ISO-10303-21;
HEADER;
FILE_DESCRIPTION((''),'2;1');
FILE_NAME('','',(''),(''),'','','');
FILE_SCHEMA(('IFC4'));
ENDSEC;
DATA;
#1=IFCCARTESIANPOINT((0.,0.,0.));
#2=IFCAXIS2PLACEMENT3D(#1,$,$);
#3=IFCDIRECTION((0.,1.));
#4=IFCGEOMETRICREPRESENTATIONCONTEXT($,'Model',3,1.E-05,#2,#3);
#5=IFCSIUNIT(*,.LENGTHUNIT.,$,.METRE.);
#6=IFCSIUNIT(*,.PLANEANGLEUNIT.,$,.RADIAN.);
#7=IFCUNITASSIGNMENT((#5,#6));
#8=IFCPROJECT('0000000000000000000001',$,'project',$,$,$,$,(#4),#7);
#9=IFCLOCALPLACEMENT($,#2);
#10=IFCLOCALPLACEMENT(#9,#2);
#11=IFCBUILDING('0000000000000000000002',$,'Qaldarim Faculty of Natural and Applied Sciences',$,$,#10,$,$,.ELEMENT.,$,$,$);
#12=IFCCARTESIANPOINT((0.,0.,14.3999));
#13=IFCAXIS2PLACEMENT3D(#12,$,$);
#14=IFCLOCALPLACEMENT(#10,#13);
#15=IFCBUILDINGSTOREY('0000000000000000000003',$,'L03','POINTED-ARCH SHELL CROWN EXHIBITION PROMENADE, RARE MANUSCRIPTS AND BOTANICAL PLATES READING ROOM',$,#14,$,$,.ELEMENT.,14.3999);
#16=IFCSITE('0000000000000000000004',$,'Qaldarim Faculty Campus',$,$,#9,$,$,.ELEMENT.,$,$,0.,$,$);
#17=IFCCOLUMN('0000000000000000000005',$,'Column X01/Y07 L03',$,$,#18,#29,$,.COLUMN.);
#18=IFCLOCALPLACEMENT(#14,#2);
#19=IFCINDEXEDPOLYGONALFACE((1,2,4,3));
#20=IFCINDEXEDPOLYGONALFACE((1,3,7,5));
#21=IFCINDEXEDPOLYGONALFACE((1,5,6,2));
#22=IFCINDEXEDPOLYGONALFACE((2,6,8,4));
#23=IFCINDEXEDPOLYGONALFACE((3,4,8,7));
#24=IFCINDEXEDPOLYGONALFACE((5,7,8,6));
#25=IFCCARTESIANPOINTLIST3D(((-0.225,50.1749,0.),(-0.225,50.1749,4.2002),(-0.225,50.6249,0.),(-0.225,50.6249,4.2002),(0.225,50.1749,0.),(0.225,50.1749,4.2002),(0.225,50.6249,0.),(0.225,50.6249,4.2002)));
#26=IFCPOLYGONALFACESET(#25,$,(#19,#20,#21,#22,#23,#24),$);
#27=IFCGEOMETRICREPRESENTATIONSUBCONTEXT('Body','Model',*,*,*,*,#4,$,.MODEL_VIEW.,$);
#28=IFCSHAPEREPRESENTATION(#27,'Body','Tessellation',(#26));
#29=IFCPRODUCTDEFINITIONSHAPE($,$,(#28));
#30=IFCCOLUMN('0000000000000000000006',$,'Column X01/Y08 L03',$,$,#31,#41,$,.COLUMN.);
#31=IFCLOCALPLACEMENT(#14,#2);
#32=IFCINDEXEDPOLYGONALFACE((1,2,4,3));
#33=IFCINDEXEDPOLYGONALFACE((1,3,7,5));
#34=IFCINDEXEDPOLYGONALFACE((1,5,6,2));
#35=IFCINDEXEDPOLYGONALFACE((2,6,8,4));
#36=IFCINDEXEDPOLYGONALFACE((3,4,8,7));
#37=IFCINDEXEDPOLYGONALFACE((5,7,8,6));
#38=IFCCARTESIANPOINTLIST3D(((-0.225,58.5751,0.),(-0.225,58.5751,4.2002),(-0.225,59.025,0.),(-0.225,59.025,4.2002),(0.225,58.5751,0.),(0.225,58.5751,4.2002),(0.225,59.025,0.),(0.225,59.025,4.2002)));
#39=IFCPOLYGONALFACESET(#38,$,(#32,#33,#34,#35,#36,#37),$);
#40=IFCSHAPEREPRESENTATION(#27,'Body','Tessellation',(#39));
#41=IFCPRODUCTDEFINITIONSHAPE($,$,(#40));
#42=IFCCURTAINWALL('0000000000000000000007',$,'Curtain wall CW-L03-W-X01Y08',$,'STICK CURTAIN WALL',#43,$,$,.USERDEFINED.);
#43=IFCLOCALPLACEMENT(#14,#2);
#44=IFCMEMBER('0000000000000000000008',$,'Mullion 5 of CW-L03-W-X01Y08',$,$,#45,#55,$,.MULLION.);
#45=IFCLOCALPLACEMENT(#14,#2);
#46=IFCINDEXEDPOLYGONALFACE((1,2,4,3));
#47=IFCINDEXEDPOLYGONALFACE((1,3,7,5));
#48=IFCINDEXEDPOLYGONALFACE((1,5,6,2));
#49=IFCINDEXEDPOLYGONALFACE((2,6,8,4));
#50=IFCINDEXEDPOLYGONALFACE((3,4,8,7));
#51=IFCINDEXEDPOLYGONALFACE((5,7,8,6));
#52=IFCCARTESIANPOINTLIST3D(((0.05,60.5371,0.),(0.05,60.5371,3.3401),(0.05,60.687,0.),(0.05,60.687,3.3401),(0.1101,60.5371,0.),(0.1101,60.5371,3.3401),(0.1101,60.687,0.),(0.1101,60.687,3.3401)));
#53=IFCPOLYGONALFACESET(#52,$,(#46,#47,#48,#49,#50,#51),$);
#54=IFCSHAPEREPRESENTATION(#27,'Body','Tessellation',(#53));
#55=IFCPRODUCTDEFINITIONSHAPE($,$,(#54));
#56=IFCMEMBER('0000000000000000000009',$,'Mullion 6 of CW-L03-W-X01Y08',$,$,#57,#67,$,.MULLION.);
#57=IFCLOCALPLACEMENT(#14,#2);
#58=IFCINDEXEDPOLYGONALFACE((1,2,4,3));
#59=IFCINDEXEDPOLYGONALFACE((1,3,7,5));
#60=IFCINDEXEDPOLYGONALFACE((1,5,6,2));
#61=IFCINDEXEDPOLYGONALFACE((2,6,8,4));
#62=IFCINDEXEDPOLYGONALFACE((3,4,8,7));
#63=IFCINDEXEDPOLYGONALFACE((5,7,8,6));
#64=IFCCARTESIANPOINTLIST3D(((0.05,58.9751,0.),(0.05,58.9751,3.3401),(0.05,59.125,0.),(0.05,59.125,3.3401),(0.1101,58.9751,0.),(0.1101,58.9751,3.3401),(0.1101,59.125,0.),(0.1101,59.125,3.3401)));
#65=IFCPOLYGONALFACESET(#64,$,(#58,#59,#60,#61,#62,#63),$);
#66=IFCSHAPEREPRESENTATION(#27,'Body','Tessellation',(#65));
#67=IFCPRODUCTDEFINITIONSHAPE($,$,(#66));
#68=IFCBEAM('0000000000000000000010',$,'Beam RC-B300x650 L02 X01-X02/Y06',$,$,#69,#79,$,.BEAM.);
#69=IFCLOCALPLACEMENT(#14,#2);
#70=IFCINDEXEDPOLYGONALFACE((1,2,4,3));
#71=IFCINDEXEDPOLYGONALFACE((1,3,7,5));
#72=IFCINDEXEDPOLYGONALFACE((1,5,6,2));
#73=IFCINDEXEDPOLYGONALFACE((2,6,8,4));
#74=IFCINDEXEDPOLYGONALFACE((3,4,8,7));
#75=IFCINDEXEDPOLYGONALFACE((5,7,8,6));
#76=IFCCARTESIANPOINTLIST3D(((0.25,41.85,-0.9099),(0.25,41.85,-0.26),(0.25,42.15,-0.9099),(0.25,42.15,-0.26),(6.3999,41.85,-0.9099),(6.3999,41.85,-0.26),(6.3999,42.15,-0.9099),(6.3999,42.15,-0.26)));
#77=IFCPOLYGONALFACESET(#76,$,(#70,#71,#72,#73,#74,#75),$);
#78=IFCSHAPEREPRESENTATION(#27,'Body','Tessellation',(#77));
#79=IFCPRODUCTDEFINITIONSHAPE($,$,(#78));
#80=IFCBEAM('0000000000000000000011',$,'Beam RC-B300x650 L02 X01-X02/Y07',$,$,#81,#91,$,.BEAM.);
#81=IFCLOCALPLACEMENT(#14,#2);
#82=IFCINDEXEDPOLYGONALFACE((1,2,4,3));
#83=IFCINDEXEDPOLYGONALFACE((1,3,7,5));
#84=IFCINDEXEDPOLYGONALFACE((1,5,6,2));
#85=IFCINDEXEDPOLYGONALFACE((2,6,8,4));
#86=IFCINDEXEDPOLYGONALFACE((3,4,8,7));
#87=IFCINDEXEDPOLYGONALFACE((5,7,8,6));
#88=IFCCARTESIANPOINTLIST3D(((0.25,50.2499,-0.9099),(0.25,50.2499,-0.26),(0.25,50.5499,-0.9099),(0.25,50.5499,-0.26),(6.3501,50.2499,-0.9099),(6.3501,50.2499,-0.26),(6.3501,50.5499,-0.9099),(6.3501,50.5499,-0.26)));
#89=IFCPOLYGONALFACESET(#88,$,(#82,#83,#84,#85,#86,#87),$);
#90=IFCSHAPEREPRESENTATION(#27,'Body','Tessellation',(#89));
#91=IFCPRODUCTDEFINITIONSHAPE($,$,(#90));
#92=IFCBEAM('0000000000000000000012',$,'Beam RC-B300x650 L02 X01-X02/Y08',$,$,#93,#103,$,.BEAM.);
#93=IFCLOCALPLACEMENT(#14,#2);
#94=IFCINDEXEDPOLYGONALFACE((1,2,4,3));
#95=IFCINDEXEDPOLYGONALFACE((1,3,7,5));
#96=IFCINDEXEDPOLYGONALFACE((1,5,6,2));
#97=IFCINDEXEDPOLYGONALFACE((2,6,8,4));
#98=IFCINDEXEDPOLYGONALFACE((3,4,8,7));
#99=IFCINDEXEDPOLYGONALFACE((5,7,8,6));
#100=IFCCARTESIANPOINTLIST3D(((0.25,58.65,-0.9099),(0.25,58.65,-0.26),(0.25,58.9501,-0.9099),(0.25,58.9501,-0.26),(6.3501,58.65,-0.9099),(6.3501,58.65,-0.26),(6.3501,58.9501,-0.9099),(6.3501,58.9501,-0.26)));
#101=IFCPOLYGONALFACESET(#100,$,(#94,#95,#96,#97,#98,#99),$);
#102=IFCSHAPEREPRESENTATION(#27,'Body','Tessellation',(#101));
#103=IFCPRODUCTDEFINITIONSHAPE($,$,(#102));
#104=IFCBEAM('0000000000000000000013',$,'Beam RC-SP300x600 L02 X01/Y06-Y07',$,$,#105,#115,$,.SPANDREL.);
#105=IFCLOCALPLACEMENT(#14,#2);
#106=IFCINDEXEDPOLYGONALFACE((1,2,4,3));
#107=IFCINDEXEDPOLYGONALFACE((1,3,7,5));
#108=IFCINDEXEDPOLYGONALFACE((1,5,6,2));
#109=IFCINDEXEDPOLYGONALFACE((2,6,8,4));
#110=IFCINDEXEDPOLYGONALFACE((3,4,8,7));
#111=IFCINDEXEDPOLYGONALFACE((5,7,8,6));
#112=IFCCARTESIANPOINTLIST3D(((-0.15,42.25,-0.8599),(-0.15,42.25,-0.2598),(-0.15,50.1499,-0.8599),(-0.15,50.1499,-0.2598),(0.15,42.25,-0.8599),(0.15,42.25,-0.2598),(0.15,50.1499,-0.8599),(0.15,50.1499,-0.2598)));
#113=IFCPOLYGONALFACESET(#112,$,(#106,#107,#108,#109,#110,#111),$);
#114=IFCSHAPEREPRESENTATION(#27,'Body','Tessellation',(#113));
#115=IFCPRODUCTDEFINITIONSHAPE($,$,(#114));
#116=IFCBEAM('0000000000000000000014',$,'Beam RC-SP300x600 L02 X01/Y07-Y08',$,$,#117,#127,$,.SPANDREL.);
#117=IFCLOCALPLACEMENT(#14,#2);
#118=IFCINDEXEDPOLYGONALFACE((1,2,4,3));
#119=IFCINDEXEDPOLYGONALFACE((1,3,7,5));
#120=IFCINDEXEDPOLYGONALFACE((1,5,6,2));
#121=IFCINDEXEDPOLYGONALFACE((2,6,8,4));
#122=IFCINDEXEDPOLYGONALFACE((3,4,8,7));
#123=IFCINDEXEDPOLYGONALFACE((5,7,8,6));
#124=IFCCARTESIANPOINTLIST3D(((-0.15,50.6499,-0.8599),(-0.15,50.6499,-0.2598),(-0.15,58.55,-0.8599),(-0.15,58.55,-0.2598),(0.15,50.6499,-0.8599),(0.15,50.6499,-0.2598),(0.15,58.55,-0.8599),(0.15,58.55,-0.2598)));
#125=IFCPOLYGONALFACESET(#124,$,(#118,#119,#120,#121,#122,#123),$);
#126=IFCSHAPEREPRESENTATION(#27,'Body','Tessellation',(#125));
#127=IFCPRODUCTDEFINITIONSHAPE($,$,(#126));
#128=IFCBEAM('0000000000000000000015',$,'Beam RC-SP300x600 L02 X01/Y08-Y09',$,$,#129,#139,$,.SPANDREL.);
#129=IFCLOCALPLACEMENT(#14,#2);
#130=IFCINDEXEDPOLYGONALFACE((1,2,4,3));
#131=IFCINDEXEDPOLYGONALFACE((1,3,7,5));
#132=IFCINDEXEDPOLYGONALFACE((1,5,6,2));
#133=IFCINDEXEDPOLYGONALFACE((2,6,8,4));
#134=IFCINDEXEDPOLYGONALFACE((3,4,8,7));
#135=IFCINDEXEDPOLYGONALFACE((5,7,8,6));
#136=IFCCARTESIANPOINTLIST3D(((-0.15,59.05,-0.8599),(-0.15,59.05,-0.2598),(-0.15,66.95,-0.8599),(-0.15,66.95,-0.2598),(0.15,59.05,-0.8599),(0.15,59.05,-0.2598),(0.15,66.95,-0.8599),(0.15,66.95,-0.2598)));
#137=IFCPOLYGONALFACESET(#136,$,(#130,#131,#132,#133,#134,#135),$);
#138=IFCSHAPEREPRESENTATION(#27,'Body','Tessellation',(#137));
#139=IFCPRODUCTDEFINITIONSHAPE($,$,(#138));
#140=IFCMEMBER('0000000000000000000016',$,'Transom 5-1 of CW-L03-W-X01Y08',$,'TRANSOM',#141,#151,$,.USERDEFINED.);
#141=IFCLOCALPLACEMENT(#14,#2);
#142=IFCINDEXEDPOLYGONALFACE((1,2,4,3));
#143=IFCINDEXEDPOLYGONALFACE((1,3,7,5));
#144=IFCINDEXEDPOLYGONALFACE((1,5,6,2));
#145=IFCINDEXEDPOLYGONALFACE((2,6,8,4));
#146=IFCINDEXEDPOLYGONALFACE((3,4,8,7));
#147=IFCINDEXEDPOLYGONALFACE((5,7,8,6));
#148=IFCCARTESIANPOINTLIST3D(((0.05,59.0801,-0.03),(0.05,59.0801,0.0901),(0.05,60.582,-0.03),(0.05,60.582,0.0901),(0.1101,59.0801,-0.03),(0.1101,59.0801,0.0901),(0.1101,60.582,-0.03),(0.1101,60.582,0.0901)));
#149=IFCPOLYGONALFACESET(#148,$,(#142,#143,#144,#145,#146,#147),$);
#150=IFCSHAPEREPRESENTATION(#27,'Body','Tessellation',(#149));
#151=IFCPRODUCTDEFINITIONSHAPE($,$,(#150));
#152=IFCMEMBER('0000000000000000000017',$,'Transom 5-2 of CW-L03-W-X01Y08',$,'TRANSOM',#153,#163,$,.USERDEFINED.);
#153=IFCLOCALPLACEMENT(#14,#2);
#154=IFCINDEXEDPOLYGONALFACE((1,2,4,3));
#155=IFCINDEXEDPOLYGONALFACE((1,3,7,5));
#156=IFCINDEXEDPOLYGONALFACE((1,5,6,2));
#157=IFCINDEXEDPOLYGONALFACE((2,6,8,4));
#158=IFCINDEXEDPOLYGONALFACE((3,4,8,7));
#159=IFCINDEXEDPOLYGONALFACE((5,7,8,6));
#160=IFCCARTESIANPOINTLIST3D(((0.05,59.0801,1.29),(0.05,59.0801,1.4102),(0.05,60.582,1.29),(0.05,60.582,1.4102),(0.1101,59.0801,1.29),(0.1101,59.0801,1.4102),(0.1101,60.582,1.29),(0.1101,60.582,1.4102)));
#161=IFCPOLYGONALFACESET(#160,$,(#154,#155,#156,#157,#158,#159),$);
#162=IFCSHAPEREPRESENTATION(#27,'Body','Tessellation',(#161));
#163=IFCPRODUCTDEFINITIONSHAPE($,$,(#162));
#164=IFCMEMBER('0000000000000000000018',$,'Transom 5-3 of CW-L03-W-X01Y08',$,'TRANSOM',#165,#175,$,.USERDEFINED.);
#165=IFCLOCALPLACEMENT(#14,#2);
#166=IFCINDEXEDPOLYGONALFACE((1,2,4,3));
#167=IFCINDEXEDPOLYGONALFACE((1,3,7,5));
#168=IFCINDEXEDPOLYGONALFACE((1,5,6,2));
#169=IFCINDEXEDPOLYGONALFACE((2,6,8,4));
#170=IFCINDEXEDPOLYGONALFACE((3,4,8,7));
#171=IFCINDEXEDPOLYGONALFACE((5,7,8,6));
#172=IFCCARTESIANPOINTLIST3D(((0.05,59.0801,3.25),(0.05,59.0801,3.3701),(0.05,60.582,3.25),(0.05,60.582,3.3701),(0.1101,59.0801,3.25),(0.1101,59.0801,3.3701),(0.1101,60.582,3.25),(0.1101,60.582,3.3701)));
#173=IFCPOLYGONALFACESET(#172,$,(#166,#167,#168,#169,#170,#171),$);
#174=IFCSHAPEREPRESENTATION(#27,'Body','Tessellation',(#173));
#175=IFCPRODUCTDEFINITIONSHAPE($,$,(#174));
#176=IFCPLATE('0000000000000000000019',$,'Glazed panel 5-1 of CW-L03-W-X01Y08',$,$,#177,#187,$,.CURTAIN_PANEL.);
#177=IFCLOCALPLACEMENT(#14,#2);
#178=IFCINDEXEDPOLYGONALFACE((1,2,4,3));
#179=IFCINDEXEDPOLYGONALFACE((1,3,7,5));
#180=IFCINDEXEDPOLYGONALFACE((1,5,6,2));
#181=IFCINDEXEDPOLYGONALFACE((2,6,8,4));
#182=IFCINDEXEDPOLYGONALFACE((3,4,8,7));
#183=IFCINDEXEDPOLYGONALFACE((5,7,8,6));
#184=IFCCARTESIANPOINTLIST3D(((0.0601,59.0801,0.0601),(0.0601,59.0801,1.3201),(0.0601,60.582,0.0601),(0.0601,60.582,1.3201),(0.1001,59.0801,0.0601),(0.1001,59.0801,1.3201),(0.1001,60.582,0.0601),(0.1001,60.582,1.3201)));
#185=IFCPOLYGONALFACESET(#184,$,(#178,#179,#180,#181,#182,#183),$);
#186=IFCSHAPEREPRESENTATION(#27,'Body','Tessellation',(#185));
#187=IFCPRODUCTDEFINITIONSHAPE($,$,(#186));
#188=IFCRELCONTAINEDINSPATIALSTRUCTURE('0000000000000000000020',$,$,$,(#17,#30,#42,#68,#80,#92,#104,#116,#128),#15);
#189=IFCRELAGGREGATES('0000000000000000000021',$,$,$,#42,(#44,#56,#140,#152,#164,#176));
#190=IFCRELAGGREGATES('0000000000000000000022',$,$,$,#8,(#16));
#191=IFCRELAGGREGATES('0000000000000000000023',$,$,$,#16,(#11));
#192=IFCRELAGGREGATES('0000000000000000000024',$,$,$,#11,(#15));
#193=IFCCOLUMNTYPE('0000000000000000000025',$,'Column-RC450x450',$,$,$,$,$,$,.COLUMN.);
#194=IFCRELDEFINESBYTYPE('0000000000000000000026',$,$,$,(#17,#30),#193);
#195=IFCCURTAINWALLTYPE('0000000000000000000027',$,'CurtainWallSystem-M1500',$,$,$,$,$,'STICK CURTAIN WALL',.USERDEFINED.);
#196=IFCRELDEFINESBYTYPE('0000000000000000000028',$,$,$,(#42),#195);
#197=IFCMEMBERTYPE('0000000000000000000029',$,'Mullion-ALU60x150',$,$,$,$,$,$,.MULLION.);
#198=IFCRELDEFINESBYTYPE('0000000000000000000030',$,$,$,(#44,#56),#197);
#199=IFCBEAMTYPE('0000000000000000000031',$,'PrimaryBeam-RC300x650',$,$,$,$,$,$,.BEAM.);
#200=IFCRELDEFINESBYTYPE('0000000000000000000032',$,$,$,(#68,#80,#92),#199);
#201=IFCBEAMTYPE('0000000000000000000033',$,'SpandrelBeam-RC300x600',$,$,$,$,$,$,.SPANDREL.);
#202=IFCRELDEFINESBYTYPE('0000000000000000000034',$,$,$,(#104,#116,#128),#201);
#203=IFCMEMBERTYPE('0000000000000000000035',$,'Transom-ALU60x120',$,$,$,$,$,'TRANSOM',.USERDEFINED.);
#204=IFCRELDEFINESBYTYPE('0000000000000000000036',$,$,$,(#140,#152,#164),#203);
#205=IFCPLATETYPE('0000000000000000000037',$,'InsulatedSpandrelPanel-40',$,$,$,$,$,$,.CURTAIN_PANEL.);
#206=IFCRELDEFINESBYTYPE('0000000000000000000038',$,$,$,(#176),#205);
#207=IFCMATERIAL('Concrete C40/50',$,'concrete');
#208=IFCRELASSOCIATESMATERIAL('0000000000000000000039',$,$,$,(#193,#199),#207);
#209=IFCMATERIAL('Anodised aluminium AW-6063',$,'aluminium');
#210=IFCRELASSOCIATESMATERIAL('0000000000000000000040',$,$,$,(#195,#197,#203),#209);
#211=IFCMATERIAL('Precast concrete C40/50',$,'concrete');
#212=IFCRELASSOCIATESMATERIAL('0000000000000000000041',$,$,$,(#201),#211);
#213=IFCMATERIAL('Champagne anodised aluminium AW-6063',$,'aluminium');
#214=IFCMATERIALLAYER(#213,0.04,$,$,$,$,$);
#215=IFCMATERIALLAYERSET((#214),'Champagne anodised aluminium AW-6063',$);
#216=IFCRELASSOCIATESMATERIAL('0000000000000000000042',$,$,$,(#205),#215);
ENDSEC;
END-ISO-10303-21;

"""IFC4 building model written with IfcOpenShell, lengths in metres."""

from ifc_helpers import new_model, si_unit, direction, frame, origin, origin_2d, place, context, subcontext, project, spatial, rectangle, extrude, material, layer, layer_set, material_profile, profile_set, type_object, element, aggregate, save


model = new_model("IFC4")

# Units and contexts
model_context = context("Model", 3, precision=1e-05, world=origin(), true_north=direction((0.0, 1.0)))
body_context = subcontext(model_context, "Body", "Model", "MODEL_VIEW")
ifc_project = project(units=[si_unit("LENGTHUNIT", "METRE"), si_unit("PLANEANGLEUNIT", "RADIAN")], contexts=[model_context])

# Site, building, storey
site_placement = place(None, origin())
site = spatial("IfcSite", under=ifc_project, at=site_placement, Name="Qaldarim Faculty Campus", CompositionType="ELEMENT", RefElevation=0.0)
building_placement = place(site_placement, origin())
building = spatial("IfcBuilding", under=site, at=building_placement, Name="Qaldarim Faculty of Natural and Applied Sciences", CompositionType="ELEMENT")
storey_placement = place(building_placement, frame((0.0, 0.0, 14.3999)))
storey = spatial("IfcBuildingStorey", under=building, at=storey_placement, Name="L03", Description="POINTED-ARCH SHELL CROWN EXHIBITION PROMENADE, RARE MANUSCRIPTS AND BOTANICAL PLATES READING ROOM", CompositionType="ELEMENT", Elevation=14.3999)

# Columns
ifc_material_1 = material(Name="Concrete C40/50", Category="concrete")
ifc_material_profile_1 = material_profile(ifc_material_1, rectangle(XDim=0.45, YDim=0.45, at=origin_2d()), Name="RC-C450x450")
ifc_profile_set_1 = profile_set([ifc_material_profile_1], Name="Concrete C40/50")
column_type = type_object("IfcColumnType", Name="Column-RC450x450", PredefinedType="COLUMN", material=ifc_profile_set_1)
for number, where, z_axis, x_axis, name in (
    (1, (0.0, 50.3999, 0.0), (0.0, 0.0, 1.0), (1.0, 0.0, 0.0), "Column X01/Y07 L03"),
    (2, (0.0, 58.8, 0.0), (0.0, 0.0, 1.0), (1.0, 0.0, 0.0), "Column X01/Y08 L03"),
):
    element("IfcColumn", number, at=place(storey_placement, frame(where, z_axis=z_axis, x_axis=x_axis)), inside=storey, type_object=column_type, Name=name, PredefinedType="COLUMN", context=body_context, shape_type="SweptSolid", body=[
        extrude(rectangle(XDim=0.45, YDim=0.45, at=origin_2d()), origin(), (0.0, 0.0, 1.0), 4.2002),
    ])

# Curtain wall, members
ifc_material_2 = material(Name="Anodised aluminium AW-6063", Category="aluminium")
curtain_wall_type = type_object("IfcCurtainWallType", Name="CurtainWallSystem-M1500", ElementType="STICK CURTAIN WALL", PredefinedType="USERDEFINED", material=ifc_material_2)
curtain_wall_placement = place(storey_placement, origin())
curtain_wall = element("IfcCurtainWall", 3, at=curtain_wall_placement, inside=storey, type_object=curtain_wall_type, Name="Curtain wall CW-L03-W-X01Y08", ObjectType="STICK CURTAIN WALL", PredefinedType="USERDEFINED")
ifc_material_profile_2 = material_profile(ifc_material_2, rectangle(XDim=0.0601, YDim=0.1499, at=origin_2d()), Name="ALU-M60x150")
ifc_profile_set_2 = profile_set([ifc_material_profile_2], Name="Anodised aluminium AW-6063")
member_type_1 = type_object("IfcMemberType", Name="Mullion-ALU60x150", PredefinedType="MULLION", material=ifc_profile_set_2)
member_1_placement = place(storey_placement, frame((0.0801, 60.6121, 0.0), z_axis=(0.0, 0.0, 1.0), x_axis=(1.0, 0.0, 0.0)))
member_1 = element("IfcMember", 4, at=member_1_placement, type_object=member_type_1, Name="Mullion 5 of CW-L03-W-X01Y08", PredefinedType="MULLION", context=body_context, shape_type="SweptSolid", body=[
    extrude(rectangle(XDim=0.0601, YDim=0.1499, at=origin_2d()), origin(), (0.0, 0.0, 1.0), 3.3401),
])
member_2_placement = place(storey_placement, frame((0.0801, 59.05, 0.0), z_axis=(0.0, 0.0, 1.0), x_axis=(1.0, 0.0, 0.0)))
member_2 = element("IfcMember", 5, at=member_2_placement, type_object=member_type_1, Name="Mullion 6 of CW-L03-W-X01Y08", PredefinedType="MULLION", context=body_context, shape_type="SweptSolid", body=[
    extrude(rectangle(XDim=0.0601, YDim=0.1499, at=origin_2d()), origin(), (0.0, 0.0, 1.0), 3.3401),
])

# Beams
ifc_material_profile_3 = material_profile(ifc_material_1, rectangle(XDim=0.3, YDim=0.6499, at=origin_2d()), Name="RC-B300x650")
ifc_profile_set_3 = profile_set([ifc_material_profile_3], Name="Concrete C40/50")
beam_type_1 = type_object("IfcBeamType", Name="PrimaryBeam-RC300x650", PredefinedType="BEAM", material=ifc_profile_set_3)
beam_1_placement = place(storey_placement, frame((0.25, 42.0, -0.585), z_axis=(1.0, 0.0, 0.0), x_axis=(0.0, 1.0, 0.0)))
element("IfcBeam", 6, at=beam_1_placement, inside=storey, type_object=beam_type_1, Name="Beam RC-B300x650 L02 X01-X02/Y06", PredefinedType="BEAM", context=body_context, shape_type="SweptSolid", body=[
    extrude(rectangle(XDim=0.3, YDim=0.6499, at=origin_2d()), origin(), (0.0, 0.0, 1.0), 6.1499),
])
for number, where, z_axis, x_axis, name in (
    (7, (0.25, 50.3999, -0.585), (1.0, 0.0, 0.0), (0.0, 1.0, 0.0), "Beam RC-B300x650 L02 X01-X02/Y07"),
    (8, (0.25, 58.8, -0.585), (1.0, 0.0, 0.0), (0.0, 1.0, 0.0), "Beam RC-B300x650 L02 X01-X02/Y08"),
):
    element("IfcBeam", number, at=place(storey_placement, frame(where, z_axis=z_axis, x_axis=x_axis)), inside=storey, type_object=beam_type_1, Name=name, PredefinedType="BEAM", context=body_context, shape_type="SweptSolid", body=[
        extrude(rectangle(XDim=0.3, YDim=0.6499, at=origin_2d()), origin(), (0.0, 0.0, 1.0), 6.1001),
    ])
ifc_material_3 = material(Name="Precast concrete C40/50", Category="concrete")
ifc_material_profile_4 = material_profile(ifc_material_3, rectangle(XDim=0.3, YDim=0.6001, at=origin_2d()), Name="RC-SP300x600")
ifc_profile_set_4 = profile_set([ifc_material_profile_4], Name="Precast concrete C40/50")
beam_type_2 = type_object("IfcBeamType", Name="SpandrelBeam-RC300x600", PredefinedType="SPANDREL", material=ifc_profile_set_4)
beam_2_placement = place(storey_placement, frame((0.0, 42.25, -0.5598), z_axis=(0.0, 1.0, 0.0), x_axis=(-1.0, 0.0, 0.0)))
element("IfcBeam", 9, at=beam_2_placement, inside=storey, type_object=beam_type_2, Name="Beam RC-SP300x600 L02 X01/Y06-Y07", PredefinedType="SPANDREL", context=body_context, shape_type="SweptSolid", body=[
    extrude(rectangle(XDim=0.3, YDim=0.6001, at=origin_2d()), origin(), (0.0, 0.0, 1.0), 7.8999),
])
beam_3_placement = place(storey_placement, frame((0.0, 50.6499, -0.5598), z_axis=(0.0, 1.0, 0.0), x_axis=(-1.0, 0.0, 0.0)))
element("IfcBeam", 10, at=beam_3_placement, inside=storey, type_object=beam_type_2, Name="Beam RC-SP300x600 L02 X01/Y07-Y08", PredefinedType="SPANDREL", context=body_context, shape_type="SweptSolid", body=[
    extrude(rectangle(XDim=0.3, YDim=0.6001, at=origin_2d()), origin(), (0.0, 0.0, 1.0), 7.9001),
])
beam_4_placement = place(storey_placement, frame((0.0, 59.05, -0.5598), z_axis=(0.0, 1.0, 0.0), x_axis=(-1.0, 0.0, 0.0)))
element("IfcBeam", 11, at=beam_4_placement, inside=storey, type_object=beam_type_2, Name="Beam RC-SP300x600 L02 X01/Y08-Y09", PredefinedType="SPANDREL", context=body_context, shape_type="SweptSolid", body=[
    extrude(rectangle(XDim=0.3, YDim=0.6001, at=origin_2d()), origin(), (0.0, 0.0, 1.0), 7.8999),
])

# Members
ifc_material_profile_5 = material_profile(ifc_material_2, rectangle(XDim=0.0601, YDim=0.1201, at=origin_2d()), Name="ALU-T60x120")
ifc_profile_set_5 = profile_set([ifc_material_profile_5], Name="Anodised aluminium AW-6063")
member_type_2 = type_object("IfcMemberType", Name="Transom-ALU60x120", ElementType="TRANSOM", PredefinedType="USERDEFINED", material=ifc_profile_set_5)
member_3_placement = place(storey_placement, frame((0.0801, 60.582, 0.03), z_axis=(0.0, -1.0, 0.0), x_axis=(1.0, 0.0, 0.0)))
member_3 = element("IfcMember", 12, at=member_3_placement, type_object=member_type_2, Name="Transom 5-1 of CW-L03-W-X01Y08", ObjectType="TRANSOM", PredefinedType="USERDEFINED", context=body_context, shape_type="SweptSolid", body=[
    extrude(rectangle(XDim=0.0601, YDim=0.1201, at=origin_2d()), origin(), (0.0, 0.0, 1.0), 1.502),
])
member_4_placement = place(storey_placement, frame((0.0801, 60.582, 1.3501), z_axis=(0.0, -1.0, 0.0), x_axis=(1.0, 0.0, 0.0)))
member_4 = element("IfcMember", 13, at=member_4_placement, type_object=member_type_2, Name="Transom 5-2 of CW-L03-W-X01Y08", ObjectType="TRANSOM", PredefinedType="USERDEFINED", context=body_context, shape_type="SweptSolid", body=[
    extrude(rectangle(XDim=0.0601, YDim=0.1201, at=origin_2d()), origin(), (0.0, 0.0, 1.0), 1.502),
])
member_5_placement = place(storey_placement, frame((0.0801, 60.582, 3.3101), z_axis=(0.0, -1.0, 0.0), x_axis=(1.0, 0.0, 0.0)))
member_5 = element("IfcMember", 14, at=member_5_placement, type_object=member_type_2, Name="Transom 5-3 of CW-L03-W-X01Y08", ObjectType="TRANSOM", PredefinedType="USERDEFINED", context=body_context, shape_type="SweptSolid", body=[
    extrude(rectangle(XDim=0.0601, YDim=0.1201, at=origin_2d()), origin(), (0.0, 0.0, 1.0), 1.502),
])

# Plate
ifc_material_4 = material(Name="Champagne anodised aluminium AW-6063", Category="aluminium")
ifc_layer_1 = layer(ifc_material_4, 0.04)
ifc_layer_set_1 = layer_set([ifc_layer_1], Name="Champagne anodised aluminium AW-6063")
plate_type = type_object("IfcPlateType", Name="InsulatedSpandrelPanel-40", PredefinedType="CURTAIN_PANEL", material=ifc_layer_set_1)
plate_1_placement = place(storey_placement, frame((0.0801, 59.8311, 0.0601), z_axis=(0.0, 0.0, 1.0), x_axis=(0.0, -1.0, 0.0)))
plate_1 = element("IfcPlate", 15, at=plate_1_placement, type_object=plate_type, Name="Glazed panel 5-1 of CW-L03-W-X01Y08", PredefinedType="CURTAIN_PANEL", context=body_context, shape_type="SweptSolid", body=[
    extrude(rectangle(XDim=1.502, YDim=0.04, at=origin_2d()), origin(), (0.0, 0.0, 1.0), 1.26),
])
aggregate(curtain_wall, [member_1, member_2, member_3, member_4, member_5, plate_1])

save(model, "model.ifc")
